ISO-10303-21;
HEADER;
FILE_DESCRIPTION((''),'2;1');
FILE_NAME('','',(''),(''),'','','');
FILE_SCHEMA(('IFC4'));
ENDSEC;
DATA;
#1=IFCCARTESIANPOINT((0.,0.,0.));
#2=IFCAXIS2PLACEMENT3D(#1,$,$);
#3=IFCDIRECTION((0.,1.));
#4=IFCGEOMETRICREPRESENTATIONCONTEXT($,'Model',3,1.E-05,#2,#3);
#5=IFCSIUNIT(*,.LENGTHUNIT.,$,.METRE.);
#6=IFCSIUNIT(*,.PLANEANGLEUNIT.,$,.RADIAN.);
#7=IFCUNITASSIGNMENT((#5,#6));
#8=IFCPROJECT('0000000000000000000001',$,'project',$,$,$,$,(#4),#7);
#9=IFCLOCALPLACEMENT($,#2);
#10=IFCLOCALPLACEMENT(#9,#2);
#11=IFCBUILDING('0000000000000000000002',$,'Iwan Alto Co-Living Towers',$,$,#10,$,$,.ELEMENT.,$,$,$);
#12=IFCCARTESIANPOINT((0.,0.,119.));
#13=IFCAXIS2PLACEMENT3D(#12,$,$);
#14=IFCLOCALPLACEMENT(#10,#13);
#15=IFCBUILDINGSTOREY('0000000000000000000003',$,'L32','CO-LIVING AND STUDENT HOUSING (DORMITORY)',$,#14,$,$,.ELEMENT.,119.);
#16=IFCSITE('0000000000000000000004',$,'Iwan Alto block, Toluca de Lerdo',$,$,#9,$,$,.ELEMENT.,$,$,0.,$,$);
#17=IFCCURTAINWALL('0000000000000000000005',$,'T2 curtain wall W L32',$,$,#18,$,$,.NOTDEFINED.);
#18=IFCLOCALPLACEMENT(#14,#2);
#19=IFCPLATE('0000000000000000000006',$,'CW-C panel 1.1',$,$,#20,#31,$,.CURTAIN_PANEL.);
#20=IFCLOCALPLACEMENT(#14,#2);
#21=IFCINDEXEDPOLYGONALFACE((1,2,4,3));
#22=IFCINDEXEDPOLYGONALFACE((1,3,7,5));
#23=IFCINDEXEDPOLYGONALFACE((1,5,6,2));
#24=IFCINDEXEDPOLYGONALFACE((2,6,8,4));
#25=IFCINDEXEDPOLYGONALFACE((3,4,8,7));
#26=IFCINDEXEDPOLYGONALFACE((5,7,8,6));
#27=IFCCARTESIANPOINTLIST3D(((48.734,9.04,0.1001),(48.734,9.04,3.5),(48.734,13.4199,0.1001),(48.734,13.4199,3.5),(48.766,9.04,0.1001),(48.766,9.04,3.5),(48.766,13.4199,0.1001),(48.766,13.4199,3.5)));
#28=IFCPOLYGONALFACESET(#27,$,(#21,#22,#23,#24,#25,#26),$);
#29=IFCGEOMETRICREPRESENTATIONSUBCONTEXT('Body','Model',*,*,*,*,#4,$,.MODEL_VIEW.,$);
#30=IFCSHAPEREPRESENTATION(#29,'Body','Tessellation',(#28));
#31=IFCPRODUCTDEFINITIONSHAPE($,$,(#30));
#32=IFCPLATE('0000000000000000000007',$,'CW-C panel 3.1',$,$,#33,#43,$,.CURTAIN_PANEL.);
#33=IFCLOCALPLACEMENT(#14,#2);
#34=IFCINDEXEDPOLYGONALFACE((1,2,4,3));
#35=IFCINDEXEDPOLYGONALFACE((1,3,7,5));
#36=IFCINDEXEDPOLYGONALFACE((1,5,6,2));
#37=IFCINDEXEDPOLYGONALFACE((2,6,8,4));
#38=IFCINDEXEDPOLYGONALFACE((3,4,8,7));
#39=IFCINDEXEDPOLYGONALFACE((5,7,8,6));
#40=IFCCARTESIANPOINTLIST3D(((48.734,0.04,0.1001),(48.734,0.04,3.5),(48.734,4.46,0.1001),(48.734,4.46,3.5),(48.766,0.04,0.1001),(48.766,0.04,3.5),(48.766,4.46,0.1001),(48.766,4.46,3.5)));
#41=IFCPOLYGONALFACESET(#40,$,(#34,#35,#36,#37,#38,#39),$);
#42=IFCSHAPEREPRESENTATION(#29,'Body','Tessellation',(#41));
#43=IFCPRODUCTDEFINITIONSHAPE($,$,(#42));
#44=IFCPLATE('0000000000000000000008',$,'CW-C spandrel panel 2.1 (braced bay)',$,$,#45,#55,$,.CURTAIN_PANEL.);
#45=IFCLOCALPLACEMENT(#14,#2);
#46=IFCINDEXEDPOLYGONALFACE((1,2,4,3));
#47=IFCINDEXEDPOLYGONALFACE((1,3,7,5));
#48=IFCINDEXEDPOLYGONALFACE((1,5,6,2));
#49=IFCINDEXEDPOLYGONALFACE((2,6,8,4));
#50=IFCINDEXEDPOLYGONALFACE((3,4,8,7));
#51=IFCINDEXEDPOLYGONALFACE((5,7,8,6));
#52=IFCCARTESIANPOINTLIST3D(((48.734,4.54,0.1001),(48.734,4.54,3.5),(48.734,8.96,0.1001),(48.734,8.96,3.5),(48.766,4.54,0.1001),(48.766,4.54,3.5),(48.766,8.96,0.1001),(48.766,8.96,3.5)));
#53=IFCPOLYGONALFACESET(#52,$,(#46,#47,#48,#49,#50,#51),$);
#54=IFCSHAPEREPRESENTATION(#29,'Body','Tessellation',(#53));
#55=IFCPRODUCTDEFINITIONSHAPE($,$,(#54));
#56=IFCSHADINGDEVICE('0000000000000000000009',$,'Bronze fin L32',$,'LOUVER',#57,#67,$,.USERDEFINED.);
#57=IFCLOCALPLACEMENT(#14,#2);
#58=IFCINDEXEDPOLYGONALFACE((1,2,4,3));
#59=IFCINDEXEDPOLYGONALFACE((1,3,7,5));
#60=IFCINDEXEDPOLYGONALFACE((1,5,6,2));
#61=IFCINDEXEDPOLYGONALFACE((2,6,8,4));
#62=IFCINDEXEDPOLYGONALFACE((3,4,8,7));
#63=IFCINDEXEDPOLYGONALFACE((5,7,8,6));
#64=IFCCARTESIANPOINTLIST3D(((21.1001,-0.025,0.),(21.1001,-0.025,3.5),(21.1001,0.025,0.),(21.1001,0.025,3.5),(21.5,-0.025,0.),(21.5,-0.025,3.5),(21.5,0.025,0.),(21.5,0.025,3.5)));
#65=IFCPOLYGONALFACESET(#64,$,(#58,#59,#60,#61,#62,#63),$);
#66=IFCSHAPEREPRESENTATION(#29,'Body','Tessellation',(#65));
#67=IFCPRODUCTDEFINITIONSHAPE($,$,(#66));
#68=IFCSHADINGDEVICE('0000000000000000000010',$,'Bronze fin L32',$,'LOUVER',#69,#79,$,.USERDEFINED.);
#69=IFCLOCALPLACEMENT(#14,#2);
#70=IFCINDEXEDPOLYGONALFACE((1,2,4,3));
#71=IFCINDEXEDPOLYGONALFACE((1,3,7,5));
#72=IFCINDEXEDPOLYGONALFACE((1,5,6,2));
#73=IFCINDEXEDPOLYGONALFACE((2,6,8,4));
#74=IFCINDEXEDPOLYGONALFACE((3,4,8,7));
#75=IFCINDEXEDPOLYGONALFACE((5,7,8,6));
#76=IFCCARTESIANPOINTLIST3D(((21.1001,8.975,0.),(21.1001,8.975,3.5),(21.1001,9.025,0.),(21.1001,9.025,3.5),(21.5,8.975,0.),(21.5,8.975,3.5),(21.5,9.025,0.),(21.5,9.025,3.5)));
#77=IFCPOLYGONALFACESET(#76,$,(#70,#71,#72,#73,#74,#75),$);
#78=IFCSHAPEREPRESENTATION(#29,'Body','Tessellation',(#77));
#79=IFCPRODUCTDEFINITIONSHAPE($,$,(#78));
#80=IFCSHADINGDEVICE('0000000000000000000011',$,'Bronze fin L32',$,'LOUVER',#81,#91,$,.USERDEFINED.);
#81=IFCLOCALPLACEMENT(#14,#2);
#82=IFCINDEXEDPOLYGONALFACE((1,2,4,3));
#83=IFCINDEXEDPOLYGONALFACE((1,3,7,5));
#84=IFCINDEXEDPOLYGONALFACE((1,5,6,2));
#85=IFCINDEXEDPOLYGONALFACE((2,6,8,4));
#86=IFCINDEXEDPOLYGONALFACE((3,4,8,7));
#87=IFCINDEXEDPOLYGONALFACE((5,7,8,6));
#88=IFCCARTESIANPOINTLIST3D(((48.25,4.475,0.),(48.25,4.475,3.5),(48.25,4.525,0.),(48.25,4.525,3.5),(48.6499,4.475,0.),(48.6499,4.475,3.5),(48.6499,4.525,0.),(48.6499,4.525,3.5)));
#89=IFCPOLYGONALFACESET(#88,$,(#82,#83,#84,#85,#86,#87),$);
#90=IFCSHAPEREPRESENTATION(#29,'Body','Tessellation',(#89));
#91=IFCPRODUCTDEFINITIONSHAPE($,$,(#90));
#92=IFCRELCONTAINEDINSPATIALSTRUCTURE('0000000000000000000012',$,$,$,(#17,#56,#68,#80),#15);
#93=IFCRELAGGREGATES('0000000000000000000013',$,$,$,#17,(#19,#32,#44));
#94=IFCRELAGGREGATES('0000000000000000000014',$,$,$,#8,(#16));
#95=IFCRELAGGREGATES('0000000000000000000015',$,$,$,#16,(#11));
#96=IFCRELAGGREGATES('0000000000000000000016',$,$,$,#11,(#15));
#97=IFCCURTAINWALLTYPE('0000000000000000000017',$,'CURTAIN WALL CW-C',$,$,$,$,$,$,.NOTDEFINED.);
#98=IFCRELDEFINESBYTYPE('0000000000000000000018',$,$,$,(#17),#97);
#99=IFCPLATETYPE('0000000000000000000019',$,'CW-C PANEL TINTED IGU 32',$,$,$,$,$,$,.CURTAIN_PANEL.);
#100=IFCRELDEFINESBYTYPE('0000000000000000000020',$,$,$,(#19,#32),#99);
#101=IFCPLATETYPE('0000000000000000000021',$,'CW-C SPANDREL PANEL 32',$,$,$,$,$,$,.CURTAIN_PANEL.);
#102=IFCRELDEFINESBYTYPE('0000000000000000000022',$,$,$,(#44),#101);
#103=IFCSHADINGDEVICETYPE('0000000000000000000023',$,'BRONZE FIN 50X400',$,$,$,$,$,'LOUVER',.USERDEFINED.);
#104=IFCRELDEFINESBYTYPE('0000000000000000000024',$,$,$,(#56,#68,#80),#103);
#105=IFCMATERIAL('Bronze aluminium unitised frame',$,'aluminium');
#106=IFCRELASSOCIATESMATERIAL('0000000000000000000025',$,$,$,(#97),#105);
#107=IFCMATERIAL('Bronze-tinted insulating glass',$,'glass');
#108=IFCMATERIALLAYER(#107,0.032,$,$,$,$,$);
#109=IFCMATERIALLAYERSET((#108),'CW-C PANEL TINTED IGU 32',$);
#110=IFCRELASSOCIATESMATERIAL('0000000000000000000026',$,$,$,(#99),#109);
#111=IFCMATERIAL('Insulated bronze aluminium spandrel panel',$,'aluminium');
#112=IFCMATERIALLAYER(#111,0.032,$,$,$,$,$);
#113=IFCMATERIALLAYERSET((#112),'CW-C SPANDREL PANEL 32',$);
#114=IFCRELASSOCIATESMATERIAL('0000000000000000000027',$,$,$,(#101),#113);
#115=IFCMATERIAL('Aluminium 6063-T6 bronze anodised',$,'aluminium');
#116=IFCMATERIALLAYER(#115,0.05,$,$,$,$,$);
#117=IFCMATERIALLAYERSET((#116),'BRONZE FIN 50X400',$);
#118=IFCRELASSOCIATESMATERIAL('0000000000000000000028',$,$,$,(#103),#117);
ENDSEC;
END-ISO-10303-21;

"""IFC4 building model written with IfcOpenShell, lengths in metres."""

from ifc_helpers import new_model, si_unit, direction, frame, origin, origin_2d, place, context, subcontext, project, spatial, rectangle, extrude, material, layer, layer_set, type_object, element, aggregate, save


model = new_model("IFC4")

# Units and contexts
model_context = context("Model", 3, precision=1e-05, world=origin(), true_north=direction((0.0, 1.0)))
body_context = subcontext(model_context, "Body", "Model", "MODEL_VIEW")
ifc_project = project(units=[si_unit("LENGTHUNIT", "METRE"), si_unit("PLANEANGLEUNIT", "RADIAN")], contexts=[model_context])

# Site, building, storey
site_placement = place(None, origin())
site = spatial("IfcSite", under=ifc_project, at=site_placement, Name="Iwan Alto block, Toluca de Lerdo", CompositionType="ELEMENT", RefElevation=0.0)
building_placement = place(site_placement, origin())
building = spatial("IfcBuilding", under=site, at=building_placement, Name="Iwan Alto Co-Living Towers", CompositionType="ELEMENT")
storey_placement = place(building_placement, frame((0.0, 0.0, 119.0)))
storey = spatial("IfcBuildingStorey", under=building, at=storey_placement, Name="L32", Description="CO-LIVING AND STUDENT HOUSING (DORMITORY)", CompositionType="ELEMENT", Elevation=119.0)

# Curtain wall
ifc_material_1 = material(Name="Bronze aluminium unitised frame", Category="aluminium")
curtain_wall_type_1 = type_object("IfcCurtainWallType", Name="CURTAIN WALL CW-C", PredefinedType="NOTDEFINED", material=ifc_material_1)
curtain_wall_1_placement = place(storey_placement, origin())
curtain_wall_1 = element("IfcCurtainWall", 1, at=curtain_wall_1_placement, inside=storey, type_object=curtain_wall_type_1, Name="T2 curtain wall W L32", PredefinedType="NOTDEFINED")

# Plates
ifc_material_2 = material(Name="Bronze-tinted insulating glass", Category="glass")
ifc_layer_1 = layer(ifc_material_2, 0.032)
ifc_layer_set_1 = layer_set([ifc_layer_1], Name="CW-C PANEL TINTED IGU 32")
plate_type_1 = type_object("IfcPlateType", Name="CW-C PANEL TINTED IGU 32", PredefinedType="CURTAIN_PANEL", material=ifc_layer_set_1)
plate_1_placement = place(storey_placement, frame((48.75, 11.23, 0.1001), z_axis=(0.0, 0.0, 1.0), x_axis=(0.0, -1.0, 0.0)))
plate_1 = element("IfcPlate", 2, at=plate_1_placement, type_object=plate_type_1, Name="CW-C panel 1.1", PredefinedType="CURTAIN_PANEL", context=body_context, shape_type="SweptSolid", body=[
    extrude(rectangle(XDim=4.3799, YDim=0.032, at=origin_2d()), origin(), (0.0, 0.0, 1.0), 3.3999),
])
plate_2_placement = place(storey_placement, frame((48.75, 2.25, 0.1001), z_axis=(0.0, 0.0, 1.0), x_axis=(0.0, -1.0, 0.0)))
plate_2 = element("IfcPlate", 3, at=plate_2_placement, type_object=plate_type_1, Name="CW-C panel 3.1", PredefinedType="CURTAIN_PANEL", context=body_context, shape_type="SweptSolid", body=[
    extrude(rectangle(XDim=4.4199, YDim=0.032, at=origin_2d()), origin(), (0.0, 0.0, 1.0), 3.3999),
])
ifc_material_3 = material(Name="Insulated bronze aluminium spandrel panel", Category="aluminium")
ifc_layer_2 = layer(ifc_material_3, 0.032)
ifc_layer_set_2 = layer_set([ifc_layer_2], Name="CW-C SPANDREL PANEL 32")
plate_type_2 = type_object("IfcPlateType", Name="CW-C SPANDREL PANEL 32", PredefinedType="CURTAIN_PANEL", material=ifc_layer_set_2)
plate_3_placement = place(storey_placement, frame((48.75, 6.75, 0.1001), z_axis=(0.0, 0.0, 1.0), x_axis=(0.0, -1.0, 0.0)))
plate_3 = element("IfcPlate", 4, at=plate_3_placement, type_object=plate_type_2, Name="CW-C spandrel panel 2.1 (braced bay)", PredefinedType="CURTAIN_PANEL", context=body_context, shape_type="SweptSolid", body=[
    extrude(rectangle(XDim=4.4199, YDim=0.032, at=origin_2d()), origin(), (0.0, 0.0, 1.0), 3.3999),
])
aggregate(curtain_wall_1, [plate_1, plate_2, plate_3])

# Shading devices
ifc_material_4 = material(Name="Aluminium 6063-T6 bronze anodised", Category="aluminium")
ifc_layer_3 = layer(ifc_material_4, 0.05)
ifc_layer_set_3 = layer_set([ifc_layer_3], Name="BRONZE FIN 50X400")
shading_device_type = type_object("IfcShadingDeviceType", Name="BRONZE FIN 50X400", ElementType="LOUVER", PredefinedType="USERDEFINED", material=ifc_layer_set_3)
for number, where, z_axis, x_axis, name in (
    (5, (21.3, 0.0, 0.0), (0.0, 0.0, 1.0), (0.0, 1.0, 0.0), "Bronze fin L32"),
    (6, (21.3, 9.0, 0.0), (0.0, 0.0, 1.0), (0.0, 1.0, 0.0), "Bronze fin L32"),
    (7, (48.45, 4.5, 0.0), (0.0, 0.0, 1.0), (0.0, -1.0, 0.0), "Bronze fin L32"),
):
    element("IfcShadingDevice", number, at=place(storey_placement, frame(where, z_axis=z_axis, x_axis=x_axis)), inside=storey, type_object=shading_device_type, Name=name, ObjectType="LOUVER", PredefinedType="USERDEFINED", context=body_context, shape_type="SweptSolid", body=[
        extrude(rectangle(XDim=0.05, YDim=0.3999, at=origin_2d()), origin(), (0.0, 0.0, 1.0), 3.5),
    ])

save(model, "model.ifc")
